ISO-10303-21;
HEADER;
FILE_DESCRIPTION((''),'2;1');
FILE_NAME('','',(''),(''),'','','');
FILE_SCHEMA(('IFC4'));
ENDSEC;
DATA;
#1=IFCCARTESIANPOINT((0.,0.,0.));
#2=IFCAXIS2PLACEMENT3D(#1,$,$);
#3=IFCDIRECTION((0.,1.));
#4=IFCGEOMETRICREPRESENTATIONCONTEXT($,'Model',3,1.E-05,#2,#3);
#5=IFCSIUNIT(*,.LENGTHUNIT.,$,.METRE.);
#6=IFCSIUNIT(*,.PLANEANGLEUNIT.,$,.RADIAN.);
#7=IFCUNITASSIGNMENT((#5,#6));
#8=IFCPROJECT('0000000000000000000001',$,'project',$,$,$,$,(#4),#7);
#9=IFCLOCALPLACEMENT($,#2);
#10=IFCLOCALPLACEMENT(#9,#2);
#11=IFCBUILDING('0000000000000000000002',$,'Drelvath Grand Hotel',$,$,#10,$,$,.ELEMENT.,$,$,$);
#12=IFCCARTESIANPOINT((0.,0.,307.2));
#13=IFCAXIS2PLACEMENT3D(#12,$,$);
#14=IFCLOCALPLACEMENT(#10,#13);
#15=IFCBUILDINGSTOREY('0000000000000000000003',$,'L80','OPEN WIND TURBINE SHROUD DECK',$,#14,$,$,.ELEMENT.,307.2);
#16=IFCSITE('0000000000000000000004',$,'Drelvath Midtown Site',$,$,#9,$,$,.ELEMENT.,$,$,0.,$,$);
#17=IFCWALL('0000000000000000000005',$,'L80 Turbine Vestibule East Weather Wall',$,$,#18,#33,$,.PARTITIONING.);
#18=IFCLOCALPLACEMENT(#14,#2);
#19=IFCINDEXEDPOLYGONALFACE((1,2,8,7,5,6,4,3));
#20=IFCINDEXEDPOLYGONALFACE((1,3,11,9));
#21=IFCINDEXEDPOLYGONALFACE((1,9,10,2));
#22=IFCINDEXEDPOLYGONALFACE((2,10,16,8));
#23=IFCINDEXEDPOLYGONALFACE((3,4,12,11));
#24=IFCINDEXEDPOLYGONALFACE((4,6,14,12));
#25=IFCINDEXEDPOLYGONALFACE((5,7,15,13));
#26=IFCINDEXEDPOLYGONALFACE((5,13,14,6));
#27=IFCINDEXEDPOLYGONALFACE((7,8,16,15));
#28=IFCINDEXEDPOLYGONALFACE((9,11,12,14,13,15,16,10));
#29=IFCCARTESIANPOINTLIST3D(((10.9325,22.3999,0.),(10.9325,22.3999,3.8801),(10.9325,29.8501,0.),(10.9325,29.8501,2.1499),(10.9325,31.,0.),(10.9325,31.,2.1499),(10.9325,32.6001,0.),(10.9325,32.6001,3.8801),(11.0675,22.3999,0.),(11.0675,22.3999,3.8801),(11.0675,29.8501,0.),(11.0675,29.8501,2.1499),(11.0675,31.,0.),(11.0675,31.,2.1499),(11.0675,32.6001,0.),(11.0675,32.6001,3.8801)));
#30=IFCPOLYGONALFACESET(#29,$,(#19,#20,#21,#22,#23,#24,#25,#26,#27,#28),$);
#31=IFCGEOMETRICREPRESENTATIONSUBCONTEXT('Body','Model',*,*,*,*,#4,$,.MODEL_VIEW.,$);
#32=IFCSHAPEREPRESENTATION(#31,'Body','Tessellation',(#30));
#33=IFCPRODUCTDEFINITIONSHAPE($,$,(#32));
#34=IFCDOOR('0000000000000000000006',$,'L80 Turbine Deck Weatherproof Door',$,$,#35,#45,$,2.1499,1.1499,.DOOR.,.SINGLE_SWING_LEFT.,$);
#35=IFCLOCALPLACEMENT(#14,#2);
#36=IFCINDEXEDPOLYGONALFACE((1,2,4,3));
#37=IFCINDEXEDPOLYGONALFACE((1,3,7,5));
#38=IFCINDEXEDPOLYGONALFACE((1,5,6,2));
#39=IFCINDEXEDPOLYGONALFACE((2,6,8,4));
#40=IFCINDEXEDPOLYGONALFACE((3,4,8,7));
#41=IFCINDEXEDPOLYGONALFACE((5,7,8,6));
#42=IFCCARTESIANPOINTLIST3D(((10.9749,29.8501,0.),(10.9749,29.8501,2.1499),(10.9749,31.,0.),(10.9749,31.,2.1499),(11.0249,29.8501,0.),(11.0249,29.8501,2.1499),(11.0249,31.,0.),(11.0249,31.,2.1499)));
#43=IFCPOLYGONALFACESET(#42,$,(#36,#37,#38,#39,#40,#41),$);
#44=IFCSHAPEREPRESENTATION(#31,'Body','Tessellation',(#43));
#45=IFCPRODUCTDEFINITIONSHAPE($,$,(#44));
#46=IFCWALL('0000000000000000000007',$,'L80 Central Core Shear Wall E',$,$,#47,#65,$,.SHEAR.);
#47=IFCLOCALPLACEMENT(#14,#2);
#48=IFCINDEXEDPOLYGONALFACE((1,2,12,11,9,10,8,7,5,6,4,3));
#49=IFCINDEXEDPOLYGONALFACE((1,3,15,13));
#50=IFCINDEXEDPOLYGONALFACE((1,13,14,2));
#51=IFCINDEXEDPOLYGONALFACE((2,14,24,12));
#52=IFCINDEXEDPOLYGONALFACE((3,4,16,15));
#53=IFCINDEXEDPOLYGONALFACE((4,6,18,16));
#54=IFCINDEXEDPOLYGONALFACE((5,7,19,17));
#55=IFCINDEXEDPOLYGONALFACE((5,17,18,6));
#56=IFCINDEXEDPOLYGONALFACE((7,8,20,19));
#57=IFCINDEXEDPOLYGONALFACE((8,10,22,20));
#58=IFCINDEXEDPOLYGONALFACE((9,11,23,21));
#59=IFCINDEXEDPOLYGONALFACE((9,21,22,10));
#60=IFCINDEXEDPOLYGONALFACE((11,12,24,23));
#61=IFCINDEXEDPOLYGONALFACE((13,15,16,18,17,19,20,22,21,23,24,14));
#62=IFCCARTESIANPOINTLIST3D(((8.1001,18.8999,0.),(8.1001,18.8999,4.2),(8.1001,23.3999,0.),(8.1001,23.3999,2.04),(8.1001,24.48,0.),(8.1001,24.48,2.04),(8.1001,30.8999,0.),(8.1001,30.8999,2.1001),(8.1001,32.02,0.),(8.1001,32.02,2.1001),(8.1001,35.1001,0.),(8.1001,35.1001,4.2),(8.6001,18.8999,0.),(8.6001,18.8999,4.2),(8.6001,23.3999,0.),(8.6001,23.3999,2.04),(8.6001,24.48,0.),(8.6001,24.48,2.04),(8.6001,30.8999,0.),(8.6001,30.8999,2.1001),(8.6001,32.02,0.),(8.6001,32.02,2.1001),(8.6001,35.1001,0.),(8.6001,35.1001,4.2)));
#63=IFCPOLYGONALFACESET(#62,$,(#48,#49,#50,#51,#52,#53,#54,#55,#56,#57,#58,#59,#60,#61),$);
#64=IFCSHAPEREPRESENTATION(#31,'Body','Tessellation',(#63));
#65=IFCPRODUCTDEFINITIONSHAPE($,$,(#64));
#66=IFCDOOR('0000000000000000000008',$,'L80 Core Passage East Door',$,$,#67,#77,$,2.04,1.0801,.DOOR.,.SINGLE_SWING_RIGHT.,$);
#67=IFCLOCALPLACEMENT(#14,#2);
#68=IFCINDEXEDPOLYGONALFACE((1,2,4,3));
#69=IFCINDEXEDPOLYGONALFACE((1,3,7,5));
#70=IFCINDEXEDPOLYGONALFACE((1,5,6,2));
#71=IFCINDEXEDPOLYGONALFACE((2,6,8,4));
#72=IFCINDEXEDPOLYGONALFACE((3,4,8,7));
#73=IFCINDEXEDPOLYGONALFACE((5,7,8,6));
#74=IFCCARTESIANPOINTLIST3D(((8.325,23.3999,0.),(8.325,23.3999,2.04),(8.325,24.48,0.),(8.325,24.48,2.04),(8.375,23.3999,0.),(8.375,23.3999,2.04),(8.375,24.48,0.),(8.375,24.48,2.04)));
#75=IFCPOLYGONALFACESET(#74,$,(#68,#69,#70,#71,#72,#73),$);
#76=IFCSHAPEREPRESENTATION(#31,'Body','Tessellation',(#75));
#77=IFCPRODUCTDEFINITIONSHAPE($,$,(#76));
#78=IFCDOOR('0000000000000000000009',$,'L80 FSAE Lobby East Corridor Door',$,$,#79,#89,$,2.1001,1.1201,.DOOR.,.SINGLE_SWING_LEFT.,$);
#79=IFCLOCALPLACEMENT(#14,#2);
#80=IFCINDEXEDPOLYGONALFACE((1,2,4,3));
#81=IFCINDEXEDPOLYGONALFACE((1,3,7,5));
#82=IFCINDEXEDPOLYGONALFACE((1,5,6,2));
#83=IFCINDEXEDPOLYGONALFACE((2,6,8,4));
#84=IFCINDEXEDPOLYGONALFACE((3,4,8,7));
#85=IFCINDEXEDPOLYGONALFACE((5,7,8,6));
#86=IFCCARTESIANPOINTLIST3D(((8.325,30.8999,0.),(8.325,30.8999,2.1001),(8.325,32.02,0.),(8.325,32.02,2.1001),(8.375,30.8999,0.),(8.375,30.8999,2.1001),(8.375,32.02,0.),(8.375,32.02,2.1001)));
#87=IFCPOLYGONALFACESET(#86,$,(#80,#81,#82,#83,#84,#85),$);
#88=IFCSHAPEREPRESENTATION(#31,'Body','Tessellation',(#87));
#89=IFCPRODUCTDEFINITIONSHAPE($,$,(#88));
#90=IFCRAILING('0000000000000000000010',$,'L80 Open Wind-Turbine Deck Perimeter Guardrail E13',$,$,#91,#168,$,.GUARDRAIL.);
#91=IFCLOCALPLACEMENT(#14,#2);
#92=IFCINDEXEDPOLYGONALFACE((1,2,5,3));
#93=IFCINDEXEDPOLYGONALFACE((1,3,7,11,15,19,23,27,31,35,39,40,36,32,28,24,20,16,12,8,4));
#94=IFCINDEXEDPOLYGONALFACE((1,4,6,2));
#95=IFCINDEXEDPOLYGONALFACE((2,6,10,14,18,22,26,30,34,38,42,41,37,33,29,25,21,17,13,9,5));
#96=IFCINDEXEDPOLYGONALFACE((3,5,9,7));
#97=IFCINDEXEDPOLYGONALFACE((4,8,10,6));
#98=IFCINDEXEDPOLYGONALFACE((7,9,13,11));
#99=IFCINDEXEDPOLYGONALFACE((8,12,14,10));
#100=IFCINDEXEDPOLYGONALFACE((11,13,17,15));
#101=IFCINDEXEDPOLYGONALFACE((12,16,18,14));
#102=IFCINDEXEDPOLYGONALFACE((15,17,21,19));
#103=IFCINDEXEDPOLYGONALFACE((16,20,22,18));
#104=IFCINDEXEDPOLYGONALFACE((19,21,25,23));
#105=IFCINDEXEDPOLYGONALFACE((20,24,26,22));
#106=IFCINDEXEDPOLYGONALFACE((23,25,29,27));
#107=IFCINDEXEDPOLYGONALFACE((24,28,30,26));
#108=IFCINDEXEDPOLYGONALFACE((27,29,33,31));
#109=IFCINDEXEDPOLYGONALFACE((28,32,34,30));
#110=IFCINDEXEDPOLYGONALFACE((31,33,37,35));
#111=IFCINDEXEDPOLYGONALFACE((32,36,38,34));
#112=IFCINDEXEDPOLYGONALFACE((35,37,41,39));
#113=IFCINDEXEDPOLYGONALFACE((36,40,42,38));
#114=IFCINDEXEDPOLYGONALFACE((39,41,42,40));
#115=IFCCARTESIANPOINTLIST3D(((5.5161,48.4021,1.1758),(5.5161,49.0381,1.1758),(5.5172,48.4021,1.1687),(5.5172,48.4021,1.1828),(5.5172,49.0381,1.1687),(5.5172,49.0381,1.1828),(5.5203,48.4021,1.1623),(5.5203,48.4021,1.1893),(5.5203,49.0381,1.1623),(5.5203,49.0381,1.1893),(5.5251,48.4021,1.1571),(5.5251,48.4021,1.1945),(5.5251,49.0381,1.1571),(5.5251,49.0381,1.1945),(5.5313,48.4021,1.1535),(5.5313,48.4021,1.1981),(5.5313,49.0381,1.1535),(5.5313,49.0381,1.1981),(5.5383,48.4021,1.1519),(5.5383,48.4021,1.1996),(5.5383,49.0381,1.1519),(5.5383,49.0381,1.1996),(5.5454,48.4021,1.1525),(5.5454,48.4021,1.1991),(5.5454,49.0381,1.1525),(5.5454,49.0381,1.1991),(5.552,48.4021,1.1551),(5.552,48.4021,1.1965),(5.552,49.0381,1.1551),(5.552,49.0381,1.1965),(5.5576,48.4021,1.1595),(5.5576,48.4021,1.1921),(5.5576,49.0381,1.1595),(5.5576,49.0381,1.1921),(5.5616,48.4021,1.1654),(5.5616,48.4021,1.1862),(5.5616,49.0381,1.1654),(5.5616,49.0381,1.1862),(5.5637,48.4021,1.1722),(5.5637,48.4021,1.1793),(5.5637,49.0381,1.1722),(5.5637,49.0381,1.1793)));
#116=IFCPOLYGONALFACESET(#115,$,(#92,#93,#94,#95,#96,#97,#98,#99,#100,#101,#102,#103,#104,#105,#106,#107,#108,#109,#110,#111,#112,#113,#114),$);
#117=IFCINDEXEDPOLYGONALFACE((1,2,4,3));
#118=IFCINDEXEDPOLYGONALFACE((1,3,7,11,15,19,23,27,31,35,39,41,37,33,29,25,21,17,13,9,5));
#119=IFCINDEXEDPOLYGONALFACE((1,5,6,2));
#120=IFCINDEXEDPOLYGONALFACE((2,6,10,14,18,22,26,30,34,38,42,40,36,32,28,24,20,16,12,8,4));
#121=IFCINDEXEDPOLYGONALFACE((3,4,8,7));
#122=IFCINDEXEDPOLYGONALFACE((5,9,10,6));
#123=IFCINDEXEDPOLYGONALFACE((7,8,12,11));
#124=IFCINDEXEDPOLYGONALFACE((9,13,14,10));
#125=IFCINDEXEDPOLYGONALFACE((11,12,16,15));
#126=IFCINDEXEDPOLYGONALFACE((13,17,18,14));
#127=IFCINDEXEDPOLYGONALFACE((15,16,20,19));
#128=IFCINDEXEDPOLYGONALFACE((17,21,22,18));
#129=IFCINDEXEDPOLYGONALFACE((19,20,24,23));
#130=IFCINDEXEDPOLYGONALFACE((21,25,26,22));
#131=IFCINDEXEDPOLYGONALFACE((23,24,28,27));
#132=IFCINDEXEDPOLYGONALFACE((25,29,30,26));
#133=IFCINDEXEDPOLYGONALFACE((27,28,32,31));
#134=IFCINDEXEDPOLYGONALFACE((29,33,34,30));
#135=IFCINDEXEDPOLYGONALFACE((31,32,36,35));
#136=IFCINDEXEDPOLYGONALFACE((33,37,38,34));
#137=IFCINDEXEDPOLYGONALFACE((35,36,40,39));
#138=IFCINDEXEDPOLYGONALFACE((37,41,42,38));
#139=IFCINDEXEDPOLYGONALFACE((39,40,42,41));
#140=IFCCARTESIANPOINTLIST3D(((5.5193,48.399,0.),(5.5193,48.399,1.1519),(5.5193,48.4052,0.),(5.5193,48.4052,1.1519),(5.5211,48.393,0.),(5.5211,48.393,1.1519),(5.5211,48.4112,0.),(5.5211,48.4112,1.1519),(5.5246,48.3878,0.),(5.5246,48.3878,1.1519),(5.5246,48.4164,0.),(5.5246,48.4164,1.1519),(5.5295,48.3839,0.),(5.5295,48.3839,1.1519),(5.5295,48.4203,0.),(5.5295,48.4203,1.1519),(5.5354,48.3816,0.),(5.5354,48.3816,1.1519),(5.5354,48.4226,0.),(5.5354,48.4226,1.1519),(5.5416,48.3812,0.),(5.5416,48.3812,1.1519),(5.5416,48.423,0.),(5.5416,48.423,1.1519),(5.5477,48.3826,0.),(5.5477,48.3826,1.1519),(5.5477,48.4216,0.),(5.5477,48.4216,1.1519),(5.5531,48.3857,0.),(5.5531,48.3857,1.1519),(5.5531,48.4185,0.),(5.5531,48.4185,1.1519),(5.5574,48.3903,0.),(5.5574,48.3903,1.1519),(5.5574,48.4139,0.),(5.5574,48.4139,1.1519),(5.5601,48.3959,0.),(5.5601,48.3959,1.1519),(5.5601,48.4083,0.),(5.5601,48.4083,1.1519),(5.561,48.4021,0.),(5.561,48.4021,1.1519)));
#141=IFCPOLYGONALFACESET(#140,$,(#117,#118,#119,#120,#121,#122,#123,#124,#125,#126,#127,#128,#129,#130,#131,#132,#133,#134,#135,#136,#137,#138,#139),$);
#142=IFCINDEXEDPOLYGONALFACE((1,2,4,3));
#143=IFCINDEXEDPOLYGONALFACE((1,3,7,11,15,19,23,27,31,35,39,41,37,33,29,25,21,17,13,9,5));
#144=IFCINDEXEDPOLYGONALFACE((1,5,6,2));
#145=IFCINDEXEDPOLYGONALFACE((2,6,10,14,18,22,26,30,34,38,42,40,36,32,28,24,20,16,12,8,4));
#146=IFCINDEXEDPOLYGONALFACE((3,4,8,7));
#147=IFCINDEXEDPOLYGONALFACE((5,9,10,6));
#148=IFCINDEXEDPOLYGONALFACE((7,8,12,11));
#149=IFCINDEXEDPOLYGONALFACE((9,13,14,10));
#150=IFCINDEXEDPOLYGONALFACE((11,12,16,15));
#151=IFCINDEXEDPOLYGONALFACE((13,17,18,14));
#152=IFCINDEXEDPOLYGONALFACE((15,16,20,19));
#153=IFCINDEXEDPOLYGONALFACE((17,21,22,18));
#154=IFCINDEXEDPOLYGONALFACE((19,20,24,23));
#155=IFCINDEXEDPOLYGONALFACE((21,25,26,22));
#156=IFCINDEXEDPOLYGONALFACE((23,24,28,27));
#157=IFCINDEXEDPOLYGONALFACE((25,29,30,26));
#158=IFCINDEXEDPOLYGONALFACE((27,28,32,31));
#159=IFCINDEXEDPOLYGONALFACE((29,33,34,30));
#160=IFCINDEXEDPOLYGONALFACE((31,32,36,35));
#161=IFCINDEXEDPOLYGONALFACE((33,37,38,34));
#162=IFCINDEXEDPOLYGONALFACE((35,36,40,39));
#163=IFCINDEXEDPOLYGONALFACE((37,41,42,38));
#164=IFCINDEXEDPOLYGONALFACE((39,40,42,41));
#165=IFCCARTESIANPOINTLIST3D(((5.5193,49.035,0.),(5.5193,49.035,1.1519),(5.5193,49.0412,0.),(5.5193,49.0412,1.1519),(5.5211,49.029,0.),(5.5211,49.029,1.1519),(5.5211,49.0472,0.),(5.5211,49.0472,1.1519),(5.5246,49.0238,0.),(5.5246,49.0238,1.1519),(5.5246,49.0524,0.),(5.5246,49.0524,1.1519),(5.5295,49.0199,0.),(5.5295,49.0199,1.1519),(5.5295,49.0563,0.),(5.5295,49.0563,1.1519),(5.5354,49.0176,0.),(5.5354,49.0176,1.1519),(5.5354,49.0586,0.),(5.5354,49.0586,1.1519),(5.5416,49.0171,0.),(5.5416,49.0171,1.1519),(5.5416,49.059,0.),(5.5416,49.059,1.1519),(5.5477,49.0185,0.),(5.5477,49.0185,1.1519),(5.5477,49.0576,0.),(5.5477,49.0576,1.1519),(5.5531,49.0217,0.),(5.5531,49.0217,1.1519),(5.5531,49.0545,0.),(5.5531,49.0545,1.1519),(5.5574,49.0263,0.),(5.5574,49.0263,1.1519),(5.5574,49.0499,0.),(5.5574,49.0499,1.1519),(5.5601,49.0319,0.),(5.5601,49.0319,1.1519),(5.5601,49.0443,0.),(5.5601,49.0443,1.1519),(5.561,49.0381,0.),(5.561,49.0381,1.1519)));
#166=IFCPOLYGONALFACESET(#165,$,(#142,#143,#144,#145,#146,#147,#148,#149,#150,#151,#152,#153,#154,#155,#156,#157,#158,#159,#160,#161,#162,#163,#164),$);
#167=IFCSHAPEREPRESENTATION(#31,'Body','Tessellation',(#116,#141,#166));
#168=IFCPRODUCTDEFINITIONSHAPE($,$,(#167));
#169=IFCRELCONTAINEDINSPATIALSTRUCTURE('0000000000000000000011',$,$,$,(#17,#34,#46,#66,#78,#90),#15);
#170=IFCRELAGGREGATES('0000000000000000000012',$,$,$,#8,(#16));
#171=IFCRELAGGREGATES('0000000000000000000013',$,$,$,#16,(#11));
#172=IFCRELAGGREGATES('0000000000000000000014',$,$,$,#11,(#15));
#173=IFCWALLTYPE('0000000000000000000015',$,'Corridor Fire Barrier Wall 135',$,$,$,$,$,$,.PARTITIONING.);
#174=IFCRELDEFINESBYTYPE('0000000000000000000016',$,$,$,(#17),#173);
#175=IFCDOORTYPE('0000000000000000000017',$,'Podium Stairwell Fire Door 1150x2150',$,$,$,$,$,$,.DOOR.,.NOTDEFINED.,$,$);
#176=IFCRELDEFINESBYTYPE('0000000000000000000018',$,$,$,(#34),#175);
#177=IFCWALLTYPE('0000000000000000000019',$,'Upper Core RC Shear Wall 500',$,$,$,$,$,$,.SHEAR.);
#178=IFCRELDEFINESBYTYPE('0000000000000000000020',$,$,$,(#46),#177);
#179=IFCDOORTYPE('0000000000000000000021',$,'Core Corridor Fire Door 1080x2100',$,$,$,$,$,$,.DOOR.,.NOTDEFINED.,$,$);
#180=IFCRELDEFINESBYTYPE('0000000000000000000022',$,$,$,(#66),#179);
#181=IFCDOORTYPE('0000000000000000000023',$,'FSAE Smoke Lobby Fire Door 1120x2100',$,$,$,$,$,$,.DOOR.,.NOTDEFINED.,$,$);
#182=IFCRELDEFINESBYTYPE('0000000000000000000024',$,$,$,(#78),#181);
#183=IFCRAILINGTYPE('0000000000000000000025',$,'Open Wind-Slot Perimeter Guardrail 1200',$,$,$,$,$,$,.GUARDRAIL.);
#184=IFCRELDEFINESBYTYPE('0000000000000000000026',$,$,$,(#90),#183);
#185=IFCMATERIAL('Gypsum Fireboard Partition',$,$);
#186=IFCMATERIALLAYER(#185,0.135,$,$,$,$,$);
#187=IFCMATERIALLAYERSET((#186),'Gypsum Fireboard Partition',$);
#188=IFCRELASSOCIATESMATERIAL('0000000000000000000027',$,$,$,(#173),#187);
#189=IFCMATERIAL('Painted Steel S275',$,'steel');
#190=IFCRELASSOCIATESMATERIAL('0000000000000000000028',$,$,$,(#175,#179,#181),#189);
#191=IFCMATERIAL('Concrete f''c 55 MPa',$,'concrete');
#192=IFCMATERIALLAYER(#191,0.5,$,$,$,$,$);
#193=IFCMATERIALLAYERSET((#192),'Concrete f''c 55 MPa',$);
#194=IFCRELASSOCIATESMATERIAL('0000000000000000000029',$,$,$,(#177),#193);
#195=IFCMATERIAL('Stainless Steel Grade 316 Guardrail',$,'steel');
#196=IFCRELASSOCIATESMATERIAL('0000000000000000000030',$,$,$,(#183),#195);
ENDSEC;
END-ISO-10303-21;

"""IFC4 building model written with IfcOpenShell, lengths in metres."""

from ifc_helpers import new_model, si_unit, direction, frame, frame_2d, origin, origin_2d, place, context, subcontext, project, spatial, rectangle, circle, extrude, material, layer, layer_set, type_object, element, fill, save


model = new_model("IFC4")

# Units and contexts
model_context = context("Model", 3, precision=1e-05, world=origin(), true_north=direction((0.0, 1.0)))
body_context = subcontext(model_context, "Body", "Model", "MODEL_VIEW")
ifc_project = project(units=[si_unit("LENGTHUNIT", "METRE"), si_unit("PLANEANGLEUNIT", "RADIAN")], contexts=[model_context])

# Site, building, storey
site_placement = place(None, origin())
site = spatial("IfcSite", under=ifc_project, at=site_placement, Name="Drelvath Midtown Site", CompositionType="ELEMENT", RefElevation=0.0)
building_placement = place(site_placement, origin())
building = spatial("IfcBuilding", under=site, at=building_placement, Name="Drelvath Grand Hotel", CompositionType="ELEMENT")
storey_placement = place(building_placement, frame((0.0, 0.0, 307.2)))
storey = spatial("IfcBuildingStorey", under=building, at=storey_placement, Name="L80", Description="OPEN WIND TURBINE SHROUD DECK", CompositionType="ELEMENT", Elevation=307.2)

# Shared definitions
ifc_material_1 = material(Name="Concrete f'c 55 MPa", Category="concrete")

# Wall, opening, door
ifc_material_2 = material(Name="Gypsum Fireboard Partition")
ifc_layer_1 = layer(ifc_material_2, 0.135)
ifc_layer_set_1 = layer_set([ifc_layer_1], Name="Gypsum Fireboard Partition")
wall_type_1 = type_object("IfcWallType", Name="Corridor Fire Barrier Wall 135", PredefinedType="PARTITIONING", material=ifc_layer_set_1)
wall_1_placement = place(storey_placement, frame((11.0, 32.6001, 0.0), z_axis=(0.0, 0.0, 1.0), x_axis=(0.0, -1.0, 0.0)))
wall_1 = element("IfcWall", 1, at=wall_1_placement, inside=storey, type_object=wall_type_1, Name="L80 Turbine Vestibule East Weather Wall", PredefinedType="PARTITIONING", context=body_context, shape_type="SweptSolid", body=[
    extrude(rectangle(XDim=10.2002, YDim=0.135, at=frame_2d((5.1001, 0.0))), origin(), (0.0, 0.0, 1.0), 3.8801),
])
opening_1_placement = place(wall_1_placement, frame((1.6001, 0.0, 0.0)))
opening_1 = element("IfcOpeningElement", 2, at=opening_1_placement, cuts=wall_1, PredefinedType="OPENING", context=body_context, shape_type="SweptSolid", body=[
    extrude(rectangle(XDim=1.1499, YDim=2.1499, at=frame_2d((0.575, 1.075))), frame((0.0, 0.0774, 0.0), z_axis=(0.0, -1.0, 0.0), x_axis=(1.0, 0.0, 0.0)), (0.0, 0.0, 1.0), 0.155),
])
ifc_material_3 = material(Name="Painted Steel S275", Category="steel")
door_type_1 = type_object("IfcDoorType", Name="Podium Stairwell Fire Door 1150x2150", OperationType="NOTDEFINED", PredefinedType="DOOR", material=ifc_material_3)
door_1_placement = place(opening_1_placement, origin())
door_1 = element("IfcDoor", 3, at=door_1_placement, inside=storey, type_object=door_type_1, Name="L80 Turbine Deck Weatherproof Door", OperationType="SINGLE_SWING_LEFT", OverallHeight=2.1499, OverallWidth=1.1499, PredefinedType="DOOR", context=body_context, shape_type="SweptSolid", body=[
    extrude(rectangle(XDim=1.1499, YDim=2.1499, at=frame_2d((0.575, 1.075))), frame((0.0, 0.0249, 0.0), z_axis=(0.0, -1.0, 0.0), x_axis=(1.0, 0.0, 0.0)), (0.0, 0.0, 1.0), 0.05),
])
fill(opening_1, door_1)

# Wall, openings, doors
ifc_layer_2 = layer(ifc_material_1, 0.5)
ifc_layer_set_2 = layer_set([ifc_layer_2], Name="Concrete f'c 55 MPa")
wall_type_2 = type_object("IfcWallType", Name="Upper Core RC Shear Wall 500", PredefinedType="SHEAR", material=ifc_layer_set_2)
wall_2_placement = place(storey_placement, frame((8.3501, 35.1001, 0.0), z_axis=(0.0, 0.0, 1.0), x_axis=(0.0, -1.0, 0.0)))
wall_2 = element("IfcWall", 4, at=wall_2_placement, inside=storey, type_object=wall_type_2, Name="L80 Central Core Shear Wall E", PredefinedType="SHEAR", context=body_context, shape_type="SweptSolid", body=[
    extrude(rectangle(XDim=16.2002, YDim=0.5, at=frame_2d((8.1001, 0.0))), origin(), (0.0, 0.0, 1.0), 4.2),
])
opening_2_placement = place(wall_2_placement, frame((3.0801, 0.0, 0.0)))
opening_2 = element("IfcOpeningElement", 5, at=opening_2_placement, cuts=wall_2, PredefinedType="OPENING", context=body_context, shape_type="SweptSolid", body=[
    extrude(rectangle(XDim=1.1201, YDim=2.1001, at=frame_2d((0.5601, 1.05))), frame((0.0, 0.26, 0.0), z_axis=(0.0, -1.0, 0.0), x_axis=(1.0, 0.0, 0.0)), (0.0, 0.0, 1.0), 0.52),
])
opening_3_placement = place(wall_2_placement, frame((10.6201, 0.0, 0.0)))
opening_3 = element("IfcOpeningElement", 6, at=opening_3_placement, cuts=wall_2, PredefinedType="OPENING", context=body_context, shape_type="SweptSolid", body=[
    extrude(rectangle(XDim=1.0801, YDim=2.04, at=frame_2d((0.54, 1.02))), frame((0.0, 0.26, 0.0), z_axis=(0.0, -1.0, 0.0), x_axis=(1.0, 0.0, 0.0)), (0.0, 0.0, 1.0), 0.52),
])
door_type_2 = type_object("IfcDoorType", Name="Core Corridor Fire Door 1080x2100", OperationType="NOTDEFINED", PredefinedType="DOOR", material=ifc_material_3)
door_2_placement = place(opening_3_placement, origin())
door_2 = element("IfcDoor", 7, at=door_2_placement, inside=storey, type_object=door_type_2, Name="L80 Core Passage East Door", OperationType="SINGLE_SWING_RIGHT", OverallHeight=2.04, OverallWidth=1.0801, PredefinedType="DOOR", context=body_context, shape_type="SweptSolid", body=[
    extrude(rectangle(XDim=1.0801, YDim=2.04, at=frame_2d((0.54, 1.02))), frame((0.0, 0.0249, 0.0), z_axis=(0.0, -1.0, 0.0), x_axis=(1.0, 0.0, 0.0)), (0.0, 0.0, 1.0), 0.05),
])
fill(opening_3, door_2)
door_type_3 = type_object("IfcDoorType", Name="FSAE Smoke Lobby Fire Door 1120x2100", OperationType="NOTDEFINED", PredefinedType="DOOR", material=ifc_material_3)
door_3_placement = place(opening_2_placement, origin())
door_3 = element("IfcDoor", 8, at=door_3_placement, inside=storey, type_object=door_type_3, Name="L80 FSAE Lobby East Corridor Door", OperationType="SINGLE_SWING_LEFT", OverallHeight=2.1001, OverallWidth=1.1201, PredefinedType="DOOR", context=body_context, shape_type="SweptSolid", body=[
    extrude(rectangle(XDim=1.1201, YDim=2.1001, at=frame_2d((0.5601, 1.05))), frame((0.0, 0.0249, 0.0), z_axis=(0.0, -1.0, 0.0), x_axis=(1.0, 0.0, 0.0)), (0.0, 0.0, 1.0), 0.05),
])
fill(opening_2, door_3)

# Railing
ifc_material_4 = material(Name="Stainless Steel Grade 316 Guardrail", Category="steel")
railing_type = type_object("IfcRailingType", Name="Open Wind-Slot Perimeter Guardrail 1200", PredefinedType="GUARDRAIL", material=ifc_material_4)
railing_1_placement = place(storey_placement, frame((5.54, 48.4021, 0.0)))
element("IfcRailing", 9, at=railing_1_placement, inside=storey, type_object=railing_type, Name="L80 Open Wind-Turbine Deck Perimeter Guardrail E13", PredefinedType="GUARDRAIL", context=body_context, shape_type="SweptSolid", body=[
    extrude(circle(Radius=0.0239, at=origin_2d()), frame((0.0, 0.0, 1.1758), z_axis=(0.0, 1.0, 0.0), x_axis=(-1.0, 0.0, 0.0)), (0.0, 0.0, 1.0), 0.636),
    extrude(circle(Radius=0.021, at=origin_2d()), origin(), (0.0, 0.0, 1.0), 1.1519),
    extrude(circle(Radius=0.021, at=origin_2d()), frame((0.0, 0.636, 0.0)), (0.0, 0.0, 1.0), 1.1519),
])

save(model, "model.ifc")
